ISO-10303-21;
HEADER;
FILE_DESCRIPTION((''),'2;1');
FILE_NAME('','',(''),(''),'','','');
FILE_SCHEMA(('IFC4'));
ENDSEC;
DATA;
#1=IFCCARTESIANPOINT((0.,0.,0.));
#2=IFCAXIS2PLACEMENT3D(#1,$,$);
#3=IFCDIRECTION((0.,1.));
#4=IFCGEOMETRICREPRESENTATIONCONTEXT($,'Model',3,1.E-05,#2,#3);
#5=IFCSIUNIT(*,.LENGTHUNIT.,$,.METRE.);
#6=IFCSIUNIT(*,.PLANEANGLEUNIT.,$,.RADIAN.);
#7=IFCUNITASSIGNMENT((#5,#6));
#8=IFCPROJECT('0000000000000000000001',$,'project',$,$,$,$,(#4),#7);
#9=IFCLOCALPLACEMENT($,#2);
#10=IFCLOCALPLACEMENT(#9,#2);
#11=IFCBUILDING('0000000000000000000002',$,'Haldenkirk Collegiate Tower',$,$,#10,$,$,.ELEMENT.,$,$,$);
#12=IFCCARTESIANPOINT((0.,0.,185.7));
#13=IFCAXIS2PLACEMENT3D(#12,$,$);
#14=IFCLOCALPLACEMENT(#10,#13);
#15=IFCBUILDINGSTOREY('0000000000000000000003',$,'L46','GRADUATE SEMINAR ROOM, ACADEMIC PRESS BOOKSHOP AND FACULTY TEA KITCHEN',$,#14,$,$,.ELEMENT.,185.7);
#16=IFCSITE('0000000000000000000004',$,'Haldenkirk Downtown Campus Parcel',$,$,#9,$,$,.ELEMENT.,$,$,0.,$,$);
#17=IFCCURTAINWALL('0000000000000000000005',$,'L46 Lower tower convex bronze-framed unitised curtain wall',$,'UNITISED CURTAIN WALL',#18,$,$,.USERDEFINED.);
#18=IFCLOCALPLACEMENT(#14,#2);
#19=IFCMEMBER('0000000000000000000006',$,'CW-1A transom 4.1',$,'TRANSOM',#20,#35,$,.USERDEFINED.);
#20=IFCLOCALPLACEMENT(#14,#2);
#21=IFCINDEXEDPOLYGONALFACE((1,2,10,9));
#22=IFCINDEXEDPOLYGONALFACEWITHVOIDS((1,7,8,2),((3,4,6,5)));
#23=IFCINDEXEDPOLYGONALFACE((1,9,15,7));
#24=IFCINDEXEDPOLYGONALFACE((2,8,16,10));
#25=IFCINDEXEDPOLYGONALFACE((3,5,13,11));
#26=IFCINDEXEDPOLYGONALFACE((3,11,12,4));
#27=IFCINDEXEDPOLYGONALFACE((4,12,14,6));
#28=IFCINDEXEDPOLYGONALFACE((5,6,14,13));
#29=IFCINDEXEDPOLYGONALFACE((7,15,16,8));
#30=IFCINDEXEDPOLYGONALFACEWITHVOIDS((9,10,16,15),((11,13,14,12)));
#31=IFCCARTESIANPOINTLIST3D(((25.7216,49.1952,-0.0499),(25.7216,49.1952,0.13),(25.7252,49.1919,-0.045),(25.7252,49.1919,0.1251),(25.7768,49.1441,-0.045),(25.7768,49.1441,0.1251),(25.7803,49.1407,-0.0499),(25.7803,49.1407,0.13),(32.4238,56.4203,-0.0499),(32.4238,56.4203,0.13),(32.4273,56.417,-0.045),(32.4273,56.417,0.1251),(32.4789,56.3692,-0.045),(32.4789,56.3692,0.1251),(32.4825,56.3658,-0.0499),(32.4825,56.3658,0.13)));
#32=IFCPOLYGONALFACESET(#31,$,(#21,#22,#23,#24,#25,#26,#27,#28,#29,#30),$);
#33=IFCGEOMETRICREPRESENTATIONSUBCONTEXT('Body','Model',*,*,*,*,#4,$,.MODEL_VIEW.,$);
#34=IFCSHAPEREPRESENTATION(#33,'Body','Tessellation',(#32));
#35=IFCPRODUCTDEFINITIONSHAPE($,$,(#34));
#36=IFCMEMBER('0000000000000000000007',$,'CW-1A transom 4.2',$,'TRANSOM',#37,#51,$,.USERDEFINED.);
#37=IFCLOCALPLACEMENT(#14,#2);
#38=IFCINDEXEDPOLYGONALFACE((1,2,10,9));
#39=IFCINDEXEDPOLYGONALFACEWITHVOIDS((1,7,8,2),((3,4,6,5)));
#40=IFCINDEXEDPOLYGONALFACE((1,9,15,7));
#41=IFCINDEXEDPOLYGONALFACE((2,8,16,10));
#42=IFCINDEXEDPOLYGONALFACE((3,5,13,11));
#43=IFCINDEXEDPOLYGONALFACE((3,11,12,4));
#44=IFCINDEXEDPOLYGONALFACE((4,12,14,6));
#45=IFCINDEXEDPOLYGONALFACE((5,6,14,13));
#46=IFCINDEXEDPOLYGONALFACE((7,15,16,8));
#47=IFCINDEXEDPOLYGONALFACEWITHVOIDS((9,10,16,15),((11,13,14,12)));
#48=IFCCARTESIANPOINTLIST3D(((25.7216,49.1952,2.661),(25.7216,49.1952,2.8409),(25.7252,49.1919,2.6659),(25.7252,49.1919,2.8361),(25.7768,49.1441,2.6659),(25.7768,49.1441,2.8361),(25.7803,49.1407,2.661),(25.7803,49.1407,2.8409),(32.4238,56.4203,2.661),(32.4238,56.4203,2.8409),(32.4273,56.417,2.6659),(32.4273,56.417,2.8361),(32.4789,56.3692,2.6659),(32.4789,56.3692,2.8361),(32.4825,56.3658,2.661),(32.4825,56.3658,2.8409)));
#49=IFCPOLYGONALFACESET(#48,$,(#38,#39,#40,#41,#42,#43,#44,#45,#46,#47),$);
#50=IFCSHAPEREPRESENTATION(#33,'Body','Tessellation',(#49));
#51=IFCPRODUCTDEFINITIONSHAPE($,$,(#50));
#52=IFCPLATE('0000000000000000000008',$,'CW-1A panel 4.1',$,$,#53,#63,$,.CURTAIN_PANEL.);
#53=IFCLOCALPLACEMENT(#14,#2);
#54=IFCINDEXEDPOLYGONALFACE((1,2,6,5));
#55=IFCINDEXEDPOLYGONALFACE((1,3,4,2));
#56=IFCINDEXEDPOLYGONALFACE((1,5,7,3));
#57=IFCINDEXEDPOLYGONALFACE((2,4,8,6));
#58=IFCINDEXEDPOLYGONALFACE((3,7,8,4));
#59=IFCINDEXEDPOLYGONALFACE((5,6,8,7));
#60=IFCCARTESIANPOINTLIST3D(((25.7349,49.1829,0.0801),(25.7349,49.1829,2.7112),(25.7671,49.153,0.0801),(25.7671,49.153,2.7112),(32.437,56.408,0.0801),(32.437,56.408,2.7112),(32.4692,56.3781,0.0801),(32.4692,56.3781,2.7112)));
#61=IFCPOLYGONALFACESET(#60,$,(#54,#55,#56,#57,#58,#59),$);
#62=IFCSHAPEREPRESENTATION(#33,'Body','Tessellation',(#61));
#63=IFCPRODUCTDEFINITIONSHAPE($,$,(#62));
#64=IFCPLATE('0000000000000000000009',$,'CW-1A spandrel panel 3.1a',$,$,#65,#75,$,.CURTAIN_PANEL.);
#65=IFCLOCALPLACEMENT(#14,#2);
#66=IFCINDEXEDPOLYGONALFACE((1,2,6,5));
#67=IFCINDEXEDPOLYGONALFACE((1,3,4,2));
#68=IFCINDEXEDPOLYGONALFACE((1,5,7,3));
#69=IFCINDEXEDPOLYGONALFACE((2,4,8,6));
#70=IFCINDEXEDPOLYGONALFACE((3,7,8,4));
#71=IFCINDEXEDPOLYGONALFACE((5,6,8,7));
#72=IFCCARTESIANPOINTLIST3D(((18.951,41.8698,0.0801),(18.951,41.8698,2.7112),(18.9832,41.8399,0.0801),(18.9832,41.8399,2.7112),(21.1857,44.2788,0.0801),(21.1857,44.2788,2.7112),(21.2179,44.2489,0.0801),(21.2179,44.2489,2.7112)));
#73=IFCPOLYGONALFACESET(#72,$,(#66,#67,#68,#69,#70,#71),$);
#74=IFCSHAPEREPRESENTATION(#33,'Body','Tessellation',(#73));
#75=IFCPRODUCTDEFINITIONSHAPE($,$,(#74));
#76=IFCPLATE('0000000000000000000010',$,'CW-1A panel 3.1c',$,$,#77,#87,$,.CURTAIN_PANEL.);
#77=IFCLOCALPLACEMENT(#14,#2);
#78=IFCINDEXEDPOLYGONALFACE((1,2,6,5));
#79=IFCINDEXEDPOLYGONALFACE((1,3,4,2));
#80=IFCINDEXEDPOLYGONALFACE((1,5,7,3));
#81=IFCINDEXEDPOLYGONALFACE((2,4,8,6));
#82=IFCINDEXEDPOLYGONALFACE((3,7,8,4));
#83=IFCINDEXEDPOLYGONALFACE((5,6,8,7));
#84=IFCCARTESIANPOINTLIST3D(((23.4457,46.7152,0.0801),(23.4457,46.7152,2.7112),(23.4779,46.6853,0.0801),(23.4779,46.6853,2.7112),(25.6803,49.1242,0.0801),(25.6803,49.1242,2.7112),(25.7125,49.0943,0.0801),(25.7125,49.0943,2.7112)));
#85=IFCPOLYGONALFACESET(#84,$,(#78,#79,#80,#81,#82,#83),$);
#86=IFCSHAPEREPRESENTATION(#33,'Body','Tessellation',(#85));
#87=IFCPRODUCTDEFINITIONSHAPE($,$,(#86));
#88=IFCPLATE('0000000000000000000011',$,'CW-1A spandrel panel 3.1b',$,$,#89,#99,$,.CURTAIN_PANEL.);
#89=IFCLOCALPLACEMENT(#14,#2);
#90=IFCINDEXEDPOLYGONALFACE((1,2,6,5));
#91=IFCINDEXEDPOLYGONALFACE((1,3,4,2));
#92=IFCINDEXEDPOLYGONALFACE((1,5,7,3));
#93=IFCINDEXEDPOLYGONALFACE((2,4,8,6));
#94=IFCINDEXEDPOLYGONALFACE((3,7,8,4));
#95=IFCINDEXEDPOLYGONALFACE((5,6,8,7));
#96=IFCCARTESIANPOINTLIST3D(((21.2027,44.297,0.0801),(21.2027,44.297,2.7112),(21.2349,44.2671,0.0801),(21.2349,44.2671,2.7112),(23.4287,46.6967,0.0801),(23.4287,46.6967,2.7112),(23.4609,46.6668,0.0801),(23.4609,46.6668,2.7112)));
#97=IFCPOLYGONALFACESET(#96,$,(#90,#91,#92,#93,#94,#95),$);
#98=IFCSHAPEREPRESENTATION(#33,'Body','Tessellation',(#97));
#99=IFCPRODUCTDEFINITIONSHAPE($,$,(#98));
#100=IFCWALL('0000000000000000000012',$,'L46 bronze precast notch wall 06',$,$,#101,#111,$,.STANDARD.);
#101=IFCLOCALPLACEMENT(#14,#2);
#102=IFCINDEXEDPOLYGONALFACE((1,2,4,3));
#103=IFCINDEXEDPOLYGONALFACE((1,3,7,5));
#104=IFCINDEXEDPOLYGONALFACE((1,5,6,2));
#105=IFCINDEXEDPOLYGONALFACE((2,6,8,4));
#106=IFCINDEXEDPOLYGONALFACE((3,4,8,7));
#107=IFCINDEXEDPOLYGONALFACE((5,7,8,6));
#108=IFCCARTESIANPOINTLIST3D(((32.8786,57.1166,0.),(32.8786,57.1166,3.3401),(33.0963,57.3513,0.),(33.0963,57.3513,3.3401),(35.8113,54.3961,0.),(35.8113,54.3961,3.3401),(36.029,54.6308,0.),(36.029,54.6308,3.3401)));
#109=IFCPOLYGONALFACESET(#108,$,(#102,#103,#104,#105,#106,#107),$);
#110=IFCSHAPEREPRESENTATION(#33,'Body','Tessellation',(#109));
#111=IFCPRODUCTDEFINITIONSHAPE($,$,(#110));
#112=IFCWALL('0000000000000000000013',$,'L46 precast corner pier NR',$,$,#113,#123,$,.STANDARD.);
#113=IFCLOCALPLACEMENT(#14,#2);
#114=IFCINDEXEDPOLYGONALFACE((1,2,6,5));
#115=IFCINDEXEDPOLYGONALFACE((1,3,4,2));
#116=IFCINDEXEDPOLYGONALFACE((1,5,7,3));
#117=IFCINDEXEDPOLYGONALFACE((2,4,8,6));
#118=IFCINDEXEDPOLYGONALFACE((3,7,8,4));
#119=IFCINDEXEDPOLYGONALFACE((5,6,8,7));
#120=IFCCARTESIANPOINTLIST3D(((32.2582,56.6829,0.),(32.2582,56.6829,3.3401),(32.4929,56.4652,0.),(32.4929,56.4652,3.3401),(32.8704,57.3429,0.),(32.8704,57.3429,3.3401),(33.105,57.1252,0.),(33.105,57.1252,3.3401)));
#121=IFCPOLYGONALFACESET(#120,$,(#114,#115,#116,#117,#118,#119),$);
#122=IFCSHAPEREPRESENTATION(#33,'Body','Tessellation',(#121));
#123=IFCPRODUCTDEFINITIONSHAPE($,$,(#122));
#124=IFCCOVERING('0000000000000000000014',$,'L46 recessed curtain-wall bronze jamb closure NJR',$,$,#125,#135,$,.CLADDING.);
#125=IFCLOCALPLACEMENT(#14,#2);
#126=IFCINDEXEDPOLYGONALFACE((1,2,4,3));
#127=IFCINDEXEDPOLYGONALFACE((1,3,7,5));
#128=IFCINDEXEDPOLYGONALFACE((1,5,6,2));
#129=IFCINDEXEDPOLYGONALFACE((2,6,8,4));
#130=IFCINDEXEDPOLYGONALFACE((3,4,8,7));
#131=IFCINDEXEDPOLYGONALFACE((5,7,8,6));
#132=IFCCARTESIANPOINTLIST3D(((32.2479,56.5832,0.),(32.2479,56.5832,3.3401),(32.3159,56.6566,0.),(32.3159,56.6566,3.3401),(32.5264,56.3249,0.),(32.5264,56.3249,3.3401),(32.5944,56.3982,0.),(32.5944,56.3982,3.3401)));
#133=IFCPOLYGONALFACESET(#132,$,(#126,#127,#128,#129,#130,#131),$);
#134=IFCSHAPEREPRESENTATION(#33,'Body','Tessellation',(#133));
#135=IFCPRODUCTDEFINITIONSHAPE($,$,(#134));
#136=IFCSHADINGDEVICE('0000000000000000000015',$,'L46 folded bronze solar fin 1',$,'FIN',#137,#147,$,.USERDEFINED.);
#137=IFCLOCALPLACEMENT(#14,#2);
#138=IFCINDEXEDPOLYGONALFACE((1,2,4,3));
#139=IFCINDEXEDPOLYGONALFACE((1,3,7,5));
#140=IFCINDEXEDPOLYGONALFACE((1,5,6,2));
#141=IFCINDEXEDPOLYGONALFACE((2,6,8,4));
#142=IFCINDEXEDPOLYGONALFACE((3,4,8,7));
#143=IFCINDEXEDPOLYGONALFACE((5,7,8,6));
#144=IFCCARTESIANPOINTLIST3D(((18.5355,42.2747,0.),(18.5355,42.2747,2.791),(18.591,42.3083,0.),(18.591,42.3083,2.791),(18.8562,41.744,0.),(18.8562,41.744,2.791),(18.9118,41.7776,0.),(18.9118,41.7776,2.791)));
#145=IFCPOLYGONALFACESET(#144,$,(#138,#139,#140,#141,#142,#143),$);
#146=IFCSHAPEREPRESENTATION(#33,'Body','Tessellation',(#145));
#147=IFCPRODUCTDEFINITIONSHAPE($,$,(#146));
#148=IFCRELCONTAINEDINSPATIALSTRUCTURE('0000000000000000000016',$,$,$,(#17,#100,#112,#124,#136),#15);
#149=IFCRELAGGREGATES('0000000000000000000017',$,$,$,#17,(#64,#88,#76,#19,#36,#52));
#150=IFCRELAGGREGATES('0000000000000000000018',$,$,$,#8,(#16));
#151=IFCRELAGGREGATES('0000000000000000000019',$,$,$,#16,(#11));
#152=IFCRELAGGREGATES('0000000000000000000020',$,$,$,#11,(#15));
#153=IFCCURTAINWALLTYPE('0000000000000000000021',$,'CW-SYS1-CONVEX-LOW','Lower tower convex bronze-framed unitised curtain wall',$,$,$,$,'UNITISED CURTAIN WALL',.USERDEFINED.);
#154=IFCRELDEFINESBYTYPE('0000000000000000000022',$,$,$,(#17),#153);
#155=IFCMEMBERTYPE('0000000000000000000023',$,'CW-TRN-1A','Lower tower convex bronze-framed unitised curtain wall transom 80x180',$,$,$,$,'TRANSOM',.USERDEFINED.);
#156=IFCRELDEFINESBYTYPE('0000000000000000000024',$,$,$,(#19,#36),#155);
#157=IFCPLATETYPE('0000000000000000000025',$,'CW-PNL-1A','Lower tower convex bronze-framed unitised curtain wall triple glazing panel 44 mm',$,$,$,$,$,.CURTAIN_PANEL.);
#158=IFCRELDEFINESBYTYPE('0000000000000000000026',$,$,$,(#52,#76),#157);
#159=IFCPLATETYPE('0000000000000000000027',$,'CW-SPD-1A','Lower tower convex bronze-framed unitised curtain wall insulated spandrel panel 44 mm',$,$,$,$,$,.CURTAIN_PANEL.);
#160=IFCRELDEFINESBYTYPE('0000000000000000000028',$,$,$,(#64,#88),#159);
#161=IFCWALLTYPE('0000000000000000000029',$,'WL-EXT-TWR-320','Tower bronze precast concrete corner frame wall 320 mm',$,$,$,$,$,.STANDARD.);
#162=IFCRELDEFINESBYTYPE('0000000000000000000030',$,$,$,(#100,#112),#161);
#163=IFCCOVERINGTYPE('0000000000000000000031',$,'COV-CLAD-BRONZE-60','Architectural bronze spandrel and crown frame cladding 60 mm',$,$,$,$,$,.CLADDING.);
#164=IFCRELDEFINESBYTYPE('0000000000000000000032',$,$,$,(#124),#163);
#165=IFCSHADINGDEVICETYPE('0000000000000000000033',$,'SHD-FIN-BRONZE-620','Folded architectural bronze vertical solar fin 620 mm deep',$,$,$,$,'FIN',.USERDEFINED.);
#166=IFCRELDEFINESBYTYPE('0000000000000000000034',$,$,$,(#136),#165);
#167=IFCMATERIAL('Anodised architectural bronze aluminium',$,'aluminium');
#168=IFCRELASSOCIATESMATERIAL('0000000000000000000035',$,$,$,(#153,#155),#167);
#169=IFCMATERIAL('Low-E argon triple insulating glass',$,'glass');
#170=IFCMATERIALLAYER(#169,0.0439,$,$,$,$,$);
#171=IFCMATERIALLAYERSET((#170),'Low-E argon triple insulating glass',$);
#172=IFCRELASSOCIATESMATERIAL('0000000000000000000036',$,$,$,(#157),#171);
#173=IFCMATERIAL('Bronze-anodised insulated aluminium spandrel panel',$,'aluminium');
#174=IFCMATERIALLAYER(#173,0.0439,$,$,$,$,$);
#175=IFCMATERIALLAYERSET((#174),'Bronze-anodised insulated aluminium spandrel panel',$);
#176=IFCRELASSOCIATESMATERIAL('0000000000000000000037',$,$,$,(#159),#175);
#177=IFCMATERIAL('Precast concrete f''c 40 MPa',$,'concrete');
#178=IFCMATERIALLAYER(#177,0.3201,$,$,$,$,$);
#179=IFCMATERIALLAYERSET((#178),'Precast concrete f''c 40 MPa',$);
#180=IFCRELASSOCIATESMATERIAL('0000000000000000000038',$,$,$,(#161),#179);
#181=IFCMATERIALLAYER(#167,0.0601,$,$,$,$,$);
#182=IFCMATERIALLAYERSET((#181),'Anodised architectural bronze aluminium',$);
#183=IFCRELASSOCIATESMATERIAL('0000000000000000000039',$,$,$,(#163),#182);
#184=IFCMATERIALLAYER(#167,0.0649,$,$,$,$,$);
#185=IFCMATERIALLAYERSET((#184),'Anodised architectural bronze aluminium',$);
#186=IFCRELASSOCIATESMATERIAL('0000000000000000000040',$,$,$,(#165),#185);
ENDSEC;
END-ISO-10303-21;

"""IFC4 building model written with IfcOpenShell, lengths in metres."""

from ifc_helpers import new_model, si_unit, direction, frame, frame_2d, origin, origin_2d, place, context, subcontext, project, spatial, rectangle, hollow_rectangle, extrude, source, transform, mapped, material, layer, layer_set, material_profile, profile_set, type_object, element, aggregate, save


model = new_model("IFC4")

# Units and contexts
model_context = context("Model", 3, precision=1e-05, world=origin(), true_north=direction((0.0, 1.0)))
body_context = subcontext(model_context, "Body", "Model", "MODEL_VIEW")
ifc_project = project(units=[si_unit("LENGTHUNIT", "METRE"), si_unit("PLANEANGLEUNIT", "RADIAN")], contexts=[model_context])

# Site, building, storey
site_placement = place(None, origin())
site = spatial("IfcSite", under=ifc_project, at=site_placement, Name="Haldenkirk Downtown Campus Parcel", CompositionType="ELEMENT", RefElevation=0.0)
building_placement = place(site_placement, origin())
building = spatial("IfcBuilding", under=site, at=building_placement, Name="Haldenkirk Collegiate Tower", CompositionType="ELEMENT")
storey_placement = place(building_placement, frame((0.0, 0.0, 185.7)))
storey = spatial("IfcBuildingStorey", under=building, at=storey_placement, Name="L46", Description="GRADUATE SEMINAR ROOM, ACADEMIC PRESS BOOKSHOP AND FACULTY TEA KITCHEN", CompositionType="ELEMENT", Elevation=185.7)

# Curtain wall, members, plates
ifc_material_1 = material(Name="Anodised architectural bronze aluminium", Category="aluminium")
curtain_wall_type = type_object("IfcCurtainWallType", Name="CW-SYS1-CONVEX-LOW", Description="Lower tower convex bronze-framed unitised curtain wall", ElementType="UNITISED CURTAIN WALL", PredefinedType="USERDEFINED", material=ifc_material_1)
curtain_wall_placement = place(storey_placement, origin())
curtain_wall = element("IfcCurtainWall", 1, at=curtain_wall_placement, inside=storey, type_object=curtain_wall_type, Name="L46 Lower tower convex bronze-framed unitised curtain wall", ObjectType="UNITISED CURTAIN WALL", PredefinedType="USERDEFINED")
ifc_material_profile_1 = material_profile(ifc_material_1, hollow_rectangle(XDim=0.0801, YDim=0.1799, WallThickness=0.0049, at=origin_2d()), Name="CW-TRN-1A")
ifc_profile_set_1 = profile_set([ifc_material_profile_1], Name="Anodised architectural bronze aluminium")
member_type_1 = type_object("IfcMemberType", Name="CW-TRN-1A", Description="Lower tower convex bronze-framed unitised curtain wall transom 80x180", ElementType="TRANSOM", PredefinedType="USERDEFINED", material=ifc_profile_set_1)
member_1_placement = place(storey_placement, frame((25.751, 49.168, 0.04), z_axis=(0.680077, 0.733141, 0.0), x_axis=(-0.733141, 0.680077, 0.0)))
member_1 = element("IfcMember", 2, at=member_1_placement, type_object=member_type_1, Name="CW-1A transom 4.1", ObjectType="TRANSOM", PredefinedType="USERDEFINED", context=body_context, shape_type="SweptSolid", body=[
    extrude(hollow_rectangle(XDim=0.0801, YDim=0.1799, WallThickness=0.0049, at=origin_2d()), origin(), (0.0, 0.0, 1.0), 9.855),
])
member_2_placement = place(storey_placement, frame((25.751, 49.168, 2.751), z_axis=(0.680077, 0.733141, 0.0), x_axis=(-0.733141, 0.680077, 0.0)))
member_2 = element("IfcMember", 3, at=member_2_placement, type_object=member_type_1, Name="CW-1A transom 4.2", ObjectType="TRANSOM", PredefinedType="USERDEFINED", context=body_context, shape_type="SweptSolid", body=[
    extrude(hollow_rectangle(XDim=0.0801, YDim=0.1799, WallThickness=0.0049, at=origin_2d()), origin(), (0.0, 0.0, 1.0), 9.855),
])
ifc_material_2 = material(Name="Low-E argon triple insulating glass", Category="glass")
ifc_layer_1 = layer(ifc_material_2, 0.0439)
ifc_layer_set_1 = layer_set([ifc_layer_1], Name="Low-E argon triple insulating glass")
plate_type_1 = type_object("IfcPlateType", Name="CW-PNL-1A", Description="Lower tower convex bronze-framed unitised curtain wall triple glazing panel 44 mm", PredefinedType="CURTAIN_PANEL", material=ifc_layer_set_1)
shared_shape_1 = source(origin(), body_context, "Body", "SweptSolid", [
    extrude(rectangle(XDim=9.855, YDim=0.0439, at=origin_2d()), origin(), (0.0, 0.0, 1.0), 2.6311),
])
plate_1_placement = place(storey_placement, frame((29.1021, 52.7805, 0.0801), z_axis=(0.0, 0.0, 1.0), x_axis=(0.68008, 0.733138, 0.0)))
plate_1 = element("IfcPlate", 4, at=plate_1_placement, type_object=plate_type_1, Name="CW-1A panel 4.1", PredefinedType="CURTAIN_PANEL", context=body_context, shape_type="MappedRepresentation", body=[
    mapped(shared_shape_1, transform((0.0, 0.0, 0.0), x_axis=(1.0, 0.0, 0.0), y_axis=(0.0, 1.0, 0.0), z_axis=(0.0, 0.0, 1.0), scale=1.0)),
])
ifc_material_3 = material(Name="Bronze-anodised insulated aluminium spandrel panel", Category="aluminium")
ifc_layer_2 = layer(ifc_material_3, 0.0439)
ifc_layer_set_2 = layer_set([ifc_layer_2], Name="Bronze-anodised insulated aluminium spandrel panel")
plate_type_2 = type_object("IfcPlateType", Name="CW-SPD-1A", Description="Lower tower convex bronze-framed unitised curtain wall insulated spandrel panel 44 mm", PredefinedType="CURTAIN_PANEL", material=ifc_layer_set_2)
shared_shape_2 = source(origin(), body_context, "Body", "SweptSolid", [
    extrude(rectangle(XDim=3.2859, YDim=0.0439, at=origin_2d()), origin(), (0.0, 0.0, 1.0), 2.6311),
])
plate_2_placement = place(storey_placement, frame((20.0845, 43.0593, 0.0801), z_axis=(0.0, 0.0, 1.0), x_axis=(0.68008, 0.733138, 0.0)))
plate_2 = element("IfcPlate", 5, at=plate_2_placement, type_object=plate_type_2, Name="CW-1A spandrel panel 3.1a", PredefinedType="CURTAIN_PANEL", context=body_context, shape_type="MappedRepresentation", body=[
    mapped(shared_shape_2, transform((0.0, 0.0, 0.0), x_axis=(1.0, 0.0, 0.0), y_axis=(0.0, 1.0, 0.0), z_axis=(0.0, 0.0, 1.0), scale=1.0)),
])
plate_3_placement = place(storey_placement, frame((24.5791, 47.9048, 0.0801), z_axis=(0.0, 0.0, 1.0), x_axis=(0.68008, 0.733138, 0.0)))
plate_3 = element("IfcPlate", 6, at=plate_3_placement, type_object=plate_type_1, Name="CW-1A panel 3.1c", PredefinedType="CURTAIN_PANEL", context=body_context, shape_type="MappedRepresentation", body=[
    mapped(shared_shape_2, transform((0.0, 0.0, 0.0), x_axis=(1.0, 0.0, 0.0), y_axis=(0.0, 1.0, 0.0), z_axis=(0.0, 0.0, 1.0), scale=1.0)),
])
shared_shape_3 = source(origin(), body_context, "Body", "SweptSolid", [
    extrude(rectangle(XDim=3.2732, YDim=0.0439, at=origin_2d()), origin(), (0.0, 0.0, 1.0), 2.6311),
])
plate_4_placement = place(storey_placement, frame((22.3318, 45.4819, 0.0801), z_axis=(0.0, 0.0, 1.0), x_axis=(0.68008, 0.733138, 0.0)))
plate_4 = element("IfcPlate", 7, at=plate_4_placement, type_object=plate_type_2, Name="CW-1A spandrel panel 3.1b", PredefinedType="CURTAIN_PANEL", context=body_context, shape_type="MappedRepresentation", body=[
    mapped(shared_shape_3, transform((0.0, 0.0, 0.0), x_axis=(1.0, 0.0, 0.0), y_axis=(0.0, 1.0, 0.0), z_axis=(0.0, 0.0, 1.0), scale=1.0)),
])
aggregate(curtain_wall, [plate_2, plate_4, plate_3, member_1, member_2, plate_1])

# Walls
ifc_material_4 = material(Name="Precast concrete f'c 40 MPa", Category="concrete")
ifc_layer_3 = layer(ifc_material_4, 0.3201)
ifc_layer_set_3 = layer_set([ifc_layer_3], Name="Precast concrete f'c 40 MPa")
wall_type = type_object("IfcWallType", Name="WL-EXT-TWR-320", Description="Tower bronze precast concrete corner frame wall 320 mm", PredefinedType="STANDARD", material=ifc_layer_set_3)
wall_1_placement = place(storey_placement, frame((32.9875, 57.2339, 0.0), z_axis=(0.0, 0.0, 1.0), x_axis=(0.733128, -0.680091, 0.0)))
element("IfcWall", 8, at=wall_1_placement, inside=storey, type_object=wall_type, Name="L46 bronze precast notch wall 06", PredefinedType="STANDARD", context=body_context, shape_type="SweptSolid", body=[
    extrude(rectangle(XDim=4.0002, YDim=0.3201, at=frame_2d((2.0, 0.0))), origin(), (0.0, 0.0, 1.0), 3.3401),
])
wall_2_placement = place(storey_placement, frame((32.3755, 56.574, 0.0), z_axis=(0.0, 0.0, 1.0), x_axis=(0.680024, 0.733189, 0.0)))
element("IfcWall", 9, at=wall_2_placement, inside=storey, type_object=wall_type, Name="L46 precast corner pier NR", PredefinedType="STANDARD", context=body_context, shape_type="SweptSolid", body=[
    extrude(rectangle(XDim=0.9001, YDim=0.3201, at=frame_2d((0.4502, 0.0))), origin(), (0.0, 0.0, 1.0), 3.3401),
])

# Covering
ifc_layer_4 = layer(ifc_material_1, 0.0601)
ifc_layer_set_4 = layer_set([ifc_layer_4], Name="Anodised architectural bronze aluminium")
covering_type = type_object("IfcCoveringType", Name="COV-CLAD-BRONZE-60", Description="Architectural bronze spandrel and crown frame cladding 60 mm", PredefinedType="CLADDING", material=ifc_layer_set_4)
shared_shape_4 = source(origin(), body_context, "Body", "SweptSolid", [
    extrude(rectangle(XDim=0.1001, YDim=0.3799, at=origin_2d()), origin(), (0.0, 0.0, 1.0), 3.3401),
])
covering_placement = place(storey_placement, frame((32.4211, 56.4907, 0.0), z_axis=(0.0, 0.0, 1.0), x_axis=(0.680081, 0.733137, 0.0)))
element("IfcCovering", 10, at=covering_placement, inside=storey, type_object=covering_type, Name="L46 recessed curtain-wall bronze jamb closure NJR", PredefinedType="CLADDING", context=body_context, shape_type="MappedRepresentation", body=[
    mapped(shared_shape_4, transform((0.0, 0.0, 0.0), x_axis=(1.0, 0.0, 0.0), y_axis=(0.0, 1.0, 0.0), z_axis=(0.0, 0.0, 1.0), scale=1.0)),
])

# Shading device
ifc_layer_5 = layer(ifc_material_1, 0.0649)
ifc_layer_set_5 = layer_set([ifc_layer_5], Name="Anodised architectural bronze aluminium")
shading_device_type = type_object("IfcShadingDeviceType", Name="SHD-FIN-BRONZE-620", Description="Folded architectural bronze vertical solar fin 620 mm deep", ElementType="FIN", PredefinedType="USERDEFINED", material=ifc_layer_set_5)
shared_shape_5 = source(origin(), body_context, "Body", "SweptSolid", [
    extrude(rectangle(XDim=0.6201, YDim=0.0649, at=origin_2d()), origin(), (0.0, 0.0, 1.0), 2.791),
])
shading_device_placement = place(storey_placement, frame((18.7236, 42.0261, 0.0), z_axis=(0.0, 0.0, 1.0), x_axis=(-0.51728, 0.855816, 0.0)))
element("IfcShadingDevice", 11, at=shading_device_placement, inside=storey, type_object=shading_device_type, Name="L46 folded bronze solar fin 1", ObjectType="FIN", PredefinedType="USERDEFINED", context=body_context, shape_type="MappedRepresentation", body=[
    mapped(shared_shape_5, transform((0.0, 0.0, 0.0), x_axis=(1.0, 0.0, 0.0), y_axis=(0.0, 1.0, 0.0), z_axis=(0.0, 0.0, 1.0), scale=1.0)),
])

save(model, "model.ifc")
